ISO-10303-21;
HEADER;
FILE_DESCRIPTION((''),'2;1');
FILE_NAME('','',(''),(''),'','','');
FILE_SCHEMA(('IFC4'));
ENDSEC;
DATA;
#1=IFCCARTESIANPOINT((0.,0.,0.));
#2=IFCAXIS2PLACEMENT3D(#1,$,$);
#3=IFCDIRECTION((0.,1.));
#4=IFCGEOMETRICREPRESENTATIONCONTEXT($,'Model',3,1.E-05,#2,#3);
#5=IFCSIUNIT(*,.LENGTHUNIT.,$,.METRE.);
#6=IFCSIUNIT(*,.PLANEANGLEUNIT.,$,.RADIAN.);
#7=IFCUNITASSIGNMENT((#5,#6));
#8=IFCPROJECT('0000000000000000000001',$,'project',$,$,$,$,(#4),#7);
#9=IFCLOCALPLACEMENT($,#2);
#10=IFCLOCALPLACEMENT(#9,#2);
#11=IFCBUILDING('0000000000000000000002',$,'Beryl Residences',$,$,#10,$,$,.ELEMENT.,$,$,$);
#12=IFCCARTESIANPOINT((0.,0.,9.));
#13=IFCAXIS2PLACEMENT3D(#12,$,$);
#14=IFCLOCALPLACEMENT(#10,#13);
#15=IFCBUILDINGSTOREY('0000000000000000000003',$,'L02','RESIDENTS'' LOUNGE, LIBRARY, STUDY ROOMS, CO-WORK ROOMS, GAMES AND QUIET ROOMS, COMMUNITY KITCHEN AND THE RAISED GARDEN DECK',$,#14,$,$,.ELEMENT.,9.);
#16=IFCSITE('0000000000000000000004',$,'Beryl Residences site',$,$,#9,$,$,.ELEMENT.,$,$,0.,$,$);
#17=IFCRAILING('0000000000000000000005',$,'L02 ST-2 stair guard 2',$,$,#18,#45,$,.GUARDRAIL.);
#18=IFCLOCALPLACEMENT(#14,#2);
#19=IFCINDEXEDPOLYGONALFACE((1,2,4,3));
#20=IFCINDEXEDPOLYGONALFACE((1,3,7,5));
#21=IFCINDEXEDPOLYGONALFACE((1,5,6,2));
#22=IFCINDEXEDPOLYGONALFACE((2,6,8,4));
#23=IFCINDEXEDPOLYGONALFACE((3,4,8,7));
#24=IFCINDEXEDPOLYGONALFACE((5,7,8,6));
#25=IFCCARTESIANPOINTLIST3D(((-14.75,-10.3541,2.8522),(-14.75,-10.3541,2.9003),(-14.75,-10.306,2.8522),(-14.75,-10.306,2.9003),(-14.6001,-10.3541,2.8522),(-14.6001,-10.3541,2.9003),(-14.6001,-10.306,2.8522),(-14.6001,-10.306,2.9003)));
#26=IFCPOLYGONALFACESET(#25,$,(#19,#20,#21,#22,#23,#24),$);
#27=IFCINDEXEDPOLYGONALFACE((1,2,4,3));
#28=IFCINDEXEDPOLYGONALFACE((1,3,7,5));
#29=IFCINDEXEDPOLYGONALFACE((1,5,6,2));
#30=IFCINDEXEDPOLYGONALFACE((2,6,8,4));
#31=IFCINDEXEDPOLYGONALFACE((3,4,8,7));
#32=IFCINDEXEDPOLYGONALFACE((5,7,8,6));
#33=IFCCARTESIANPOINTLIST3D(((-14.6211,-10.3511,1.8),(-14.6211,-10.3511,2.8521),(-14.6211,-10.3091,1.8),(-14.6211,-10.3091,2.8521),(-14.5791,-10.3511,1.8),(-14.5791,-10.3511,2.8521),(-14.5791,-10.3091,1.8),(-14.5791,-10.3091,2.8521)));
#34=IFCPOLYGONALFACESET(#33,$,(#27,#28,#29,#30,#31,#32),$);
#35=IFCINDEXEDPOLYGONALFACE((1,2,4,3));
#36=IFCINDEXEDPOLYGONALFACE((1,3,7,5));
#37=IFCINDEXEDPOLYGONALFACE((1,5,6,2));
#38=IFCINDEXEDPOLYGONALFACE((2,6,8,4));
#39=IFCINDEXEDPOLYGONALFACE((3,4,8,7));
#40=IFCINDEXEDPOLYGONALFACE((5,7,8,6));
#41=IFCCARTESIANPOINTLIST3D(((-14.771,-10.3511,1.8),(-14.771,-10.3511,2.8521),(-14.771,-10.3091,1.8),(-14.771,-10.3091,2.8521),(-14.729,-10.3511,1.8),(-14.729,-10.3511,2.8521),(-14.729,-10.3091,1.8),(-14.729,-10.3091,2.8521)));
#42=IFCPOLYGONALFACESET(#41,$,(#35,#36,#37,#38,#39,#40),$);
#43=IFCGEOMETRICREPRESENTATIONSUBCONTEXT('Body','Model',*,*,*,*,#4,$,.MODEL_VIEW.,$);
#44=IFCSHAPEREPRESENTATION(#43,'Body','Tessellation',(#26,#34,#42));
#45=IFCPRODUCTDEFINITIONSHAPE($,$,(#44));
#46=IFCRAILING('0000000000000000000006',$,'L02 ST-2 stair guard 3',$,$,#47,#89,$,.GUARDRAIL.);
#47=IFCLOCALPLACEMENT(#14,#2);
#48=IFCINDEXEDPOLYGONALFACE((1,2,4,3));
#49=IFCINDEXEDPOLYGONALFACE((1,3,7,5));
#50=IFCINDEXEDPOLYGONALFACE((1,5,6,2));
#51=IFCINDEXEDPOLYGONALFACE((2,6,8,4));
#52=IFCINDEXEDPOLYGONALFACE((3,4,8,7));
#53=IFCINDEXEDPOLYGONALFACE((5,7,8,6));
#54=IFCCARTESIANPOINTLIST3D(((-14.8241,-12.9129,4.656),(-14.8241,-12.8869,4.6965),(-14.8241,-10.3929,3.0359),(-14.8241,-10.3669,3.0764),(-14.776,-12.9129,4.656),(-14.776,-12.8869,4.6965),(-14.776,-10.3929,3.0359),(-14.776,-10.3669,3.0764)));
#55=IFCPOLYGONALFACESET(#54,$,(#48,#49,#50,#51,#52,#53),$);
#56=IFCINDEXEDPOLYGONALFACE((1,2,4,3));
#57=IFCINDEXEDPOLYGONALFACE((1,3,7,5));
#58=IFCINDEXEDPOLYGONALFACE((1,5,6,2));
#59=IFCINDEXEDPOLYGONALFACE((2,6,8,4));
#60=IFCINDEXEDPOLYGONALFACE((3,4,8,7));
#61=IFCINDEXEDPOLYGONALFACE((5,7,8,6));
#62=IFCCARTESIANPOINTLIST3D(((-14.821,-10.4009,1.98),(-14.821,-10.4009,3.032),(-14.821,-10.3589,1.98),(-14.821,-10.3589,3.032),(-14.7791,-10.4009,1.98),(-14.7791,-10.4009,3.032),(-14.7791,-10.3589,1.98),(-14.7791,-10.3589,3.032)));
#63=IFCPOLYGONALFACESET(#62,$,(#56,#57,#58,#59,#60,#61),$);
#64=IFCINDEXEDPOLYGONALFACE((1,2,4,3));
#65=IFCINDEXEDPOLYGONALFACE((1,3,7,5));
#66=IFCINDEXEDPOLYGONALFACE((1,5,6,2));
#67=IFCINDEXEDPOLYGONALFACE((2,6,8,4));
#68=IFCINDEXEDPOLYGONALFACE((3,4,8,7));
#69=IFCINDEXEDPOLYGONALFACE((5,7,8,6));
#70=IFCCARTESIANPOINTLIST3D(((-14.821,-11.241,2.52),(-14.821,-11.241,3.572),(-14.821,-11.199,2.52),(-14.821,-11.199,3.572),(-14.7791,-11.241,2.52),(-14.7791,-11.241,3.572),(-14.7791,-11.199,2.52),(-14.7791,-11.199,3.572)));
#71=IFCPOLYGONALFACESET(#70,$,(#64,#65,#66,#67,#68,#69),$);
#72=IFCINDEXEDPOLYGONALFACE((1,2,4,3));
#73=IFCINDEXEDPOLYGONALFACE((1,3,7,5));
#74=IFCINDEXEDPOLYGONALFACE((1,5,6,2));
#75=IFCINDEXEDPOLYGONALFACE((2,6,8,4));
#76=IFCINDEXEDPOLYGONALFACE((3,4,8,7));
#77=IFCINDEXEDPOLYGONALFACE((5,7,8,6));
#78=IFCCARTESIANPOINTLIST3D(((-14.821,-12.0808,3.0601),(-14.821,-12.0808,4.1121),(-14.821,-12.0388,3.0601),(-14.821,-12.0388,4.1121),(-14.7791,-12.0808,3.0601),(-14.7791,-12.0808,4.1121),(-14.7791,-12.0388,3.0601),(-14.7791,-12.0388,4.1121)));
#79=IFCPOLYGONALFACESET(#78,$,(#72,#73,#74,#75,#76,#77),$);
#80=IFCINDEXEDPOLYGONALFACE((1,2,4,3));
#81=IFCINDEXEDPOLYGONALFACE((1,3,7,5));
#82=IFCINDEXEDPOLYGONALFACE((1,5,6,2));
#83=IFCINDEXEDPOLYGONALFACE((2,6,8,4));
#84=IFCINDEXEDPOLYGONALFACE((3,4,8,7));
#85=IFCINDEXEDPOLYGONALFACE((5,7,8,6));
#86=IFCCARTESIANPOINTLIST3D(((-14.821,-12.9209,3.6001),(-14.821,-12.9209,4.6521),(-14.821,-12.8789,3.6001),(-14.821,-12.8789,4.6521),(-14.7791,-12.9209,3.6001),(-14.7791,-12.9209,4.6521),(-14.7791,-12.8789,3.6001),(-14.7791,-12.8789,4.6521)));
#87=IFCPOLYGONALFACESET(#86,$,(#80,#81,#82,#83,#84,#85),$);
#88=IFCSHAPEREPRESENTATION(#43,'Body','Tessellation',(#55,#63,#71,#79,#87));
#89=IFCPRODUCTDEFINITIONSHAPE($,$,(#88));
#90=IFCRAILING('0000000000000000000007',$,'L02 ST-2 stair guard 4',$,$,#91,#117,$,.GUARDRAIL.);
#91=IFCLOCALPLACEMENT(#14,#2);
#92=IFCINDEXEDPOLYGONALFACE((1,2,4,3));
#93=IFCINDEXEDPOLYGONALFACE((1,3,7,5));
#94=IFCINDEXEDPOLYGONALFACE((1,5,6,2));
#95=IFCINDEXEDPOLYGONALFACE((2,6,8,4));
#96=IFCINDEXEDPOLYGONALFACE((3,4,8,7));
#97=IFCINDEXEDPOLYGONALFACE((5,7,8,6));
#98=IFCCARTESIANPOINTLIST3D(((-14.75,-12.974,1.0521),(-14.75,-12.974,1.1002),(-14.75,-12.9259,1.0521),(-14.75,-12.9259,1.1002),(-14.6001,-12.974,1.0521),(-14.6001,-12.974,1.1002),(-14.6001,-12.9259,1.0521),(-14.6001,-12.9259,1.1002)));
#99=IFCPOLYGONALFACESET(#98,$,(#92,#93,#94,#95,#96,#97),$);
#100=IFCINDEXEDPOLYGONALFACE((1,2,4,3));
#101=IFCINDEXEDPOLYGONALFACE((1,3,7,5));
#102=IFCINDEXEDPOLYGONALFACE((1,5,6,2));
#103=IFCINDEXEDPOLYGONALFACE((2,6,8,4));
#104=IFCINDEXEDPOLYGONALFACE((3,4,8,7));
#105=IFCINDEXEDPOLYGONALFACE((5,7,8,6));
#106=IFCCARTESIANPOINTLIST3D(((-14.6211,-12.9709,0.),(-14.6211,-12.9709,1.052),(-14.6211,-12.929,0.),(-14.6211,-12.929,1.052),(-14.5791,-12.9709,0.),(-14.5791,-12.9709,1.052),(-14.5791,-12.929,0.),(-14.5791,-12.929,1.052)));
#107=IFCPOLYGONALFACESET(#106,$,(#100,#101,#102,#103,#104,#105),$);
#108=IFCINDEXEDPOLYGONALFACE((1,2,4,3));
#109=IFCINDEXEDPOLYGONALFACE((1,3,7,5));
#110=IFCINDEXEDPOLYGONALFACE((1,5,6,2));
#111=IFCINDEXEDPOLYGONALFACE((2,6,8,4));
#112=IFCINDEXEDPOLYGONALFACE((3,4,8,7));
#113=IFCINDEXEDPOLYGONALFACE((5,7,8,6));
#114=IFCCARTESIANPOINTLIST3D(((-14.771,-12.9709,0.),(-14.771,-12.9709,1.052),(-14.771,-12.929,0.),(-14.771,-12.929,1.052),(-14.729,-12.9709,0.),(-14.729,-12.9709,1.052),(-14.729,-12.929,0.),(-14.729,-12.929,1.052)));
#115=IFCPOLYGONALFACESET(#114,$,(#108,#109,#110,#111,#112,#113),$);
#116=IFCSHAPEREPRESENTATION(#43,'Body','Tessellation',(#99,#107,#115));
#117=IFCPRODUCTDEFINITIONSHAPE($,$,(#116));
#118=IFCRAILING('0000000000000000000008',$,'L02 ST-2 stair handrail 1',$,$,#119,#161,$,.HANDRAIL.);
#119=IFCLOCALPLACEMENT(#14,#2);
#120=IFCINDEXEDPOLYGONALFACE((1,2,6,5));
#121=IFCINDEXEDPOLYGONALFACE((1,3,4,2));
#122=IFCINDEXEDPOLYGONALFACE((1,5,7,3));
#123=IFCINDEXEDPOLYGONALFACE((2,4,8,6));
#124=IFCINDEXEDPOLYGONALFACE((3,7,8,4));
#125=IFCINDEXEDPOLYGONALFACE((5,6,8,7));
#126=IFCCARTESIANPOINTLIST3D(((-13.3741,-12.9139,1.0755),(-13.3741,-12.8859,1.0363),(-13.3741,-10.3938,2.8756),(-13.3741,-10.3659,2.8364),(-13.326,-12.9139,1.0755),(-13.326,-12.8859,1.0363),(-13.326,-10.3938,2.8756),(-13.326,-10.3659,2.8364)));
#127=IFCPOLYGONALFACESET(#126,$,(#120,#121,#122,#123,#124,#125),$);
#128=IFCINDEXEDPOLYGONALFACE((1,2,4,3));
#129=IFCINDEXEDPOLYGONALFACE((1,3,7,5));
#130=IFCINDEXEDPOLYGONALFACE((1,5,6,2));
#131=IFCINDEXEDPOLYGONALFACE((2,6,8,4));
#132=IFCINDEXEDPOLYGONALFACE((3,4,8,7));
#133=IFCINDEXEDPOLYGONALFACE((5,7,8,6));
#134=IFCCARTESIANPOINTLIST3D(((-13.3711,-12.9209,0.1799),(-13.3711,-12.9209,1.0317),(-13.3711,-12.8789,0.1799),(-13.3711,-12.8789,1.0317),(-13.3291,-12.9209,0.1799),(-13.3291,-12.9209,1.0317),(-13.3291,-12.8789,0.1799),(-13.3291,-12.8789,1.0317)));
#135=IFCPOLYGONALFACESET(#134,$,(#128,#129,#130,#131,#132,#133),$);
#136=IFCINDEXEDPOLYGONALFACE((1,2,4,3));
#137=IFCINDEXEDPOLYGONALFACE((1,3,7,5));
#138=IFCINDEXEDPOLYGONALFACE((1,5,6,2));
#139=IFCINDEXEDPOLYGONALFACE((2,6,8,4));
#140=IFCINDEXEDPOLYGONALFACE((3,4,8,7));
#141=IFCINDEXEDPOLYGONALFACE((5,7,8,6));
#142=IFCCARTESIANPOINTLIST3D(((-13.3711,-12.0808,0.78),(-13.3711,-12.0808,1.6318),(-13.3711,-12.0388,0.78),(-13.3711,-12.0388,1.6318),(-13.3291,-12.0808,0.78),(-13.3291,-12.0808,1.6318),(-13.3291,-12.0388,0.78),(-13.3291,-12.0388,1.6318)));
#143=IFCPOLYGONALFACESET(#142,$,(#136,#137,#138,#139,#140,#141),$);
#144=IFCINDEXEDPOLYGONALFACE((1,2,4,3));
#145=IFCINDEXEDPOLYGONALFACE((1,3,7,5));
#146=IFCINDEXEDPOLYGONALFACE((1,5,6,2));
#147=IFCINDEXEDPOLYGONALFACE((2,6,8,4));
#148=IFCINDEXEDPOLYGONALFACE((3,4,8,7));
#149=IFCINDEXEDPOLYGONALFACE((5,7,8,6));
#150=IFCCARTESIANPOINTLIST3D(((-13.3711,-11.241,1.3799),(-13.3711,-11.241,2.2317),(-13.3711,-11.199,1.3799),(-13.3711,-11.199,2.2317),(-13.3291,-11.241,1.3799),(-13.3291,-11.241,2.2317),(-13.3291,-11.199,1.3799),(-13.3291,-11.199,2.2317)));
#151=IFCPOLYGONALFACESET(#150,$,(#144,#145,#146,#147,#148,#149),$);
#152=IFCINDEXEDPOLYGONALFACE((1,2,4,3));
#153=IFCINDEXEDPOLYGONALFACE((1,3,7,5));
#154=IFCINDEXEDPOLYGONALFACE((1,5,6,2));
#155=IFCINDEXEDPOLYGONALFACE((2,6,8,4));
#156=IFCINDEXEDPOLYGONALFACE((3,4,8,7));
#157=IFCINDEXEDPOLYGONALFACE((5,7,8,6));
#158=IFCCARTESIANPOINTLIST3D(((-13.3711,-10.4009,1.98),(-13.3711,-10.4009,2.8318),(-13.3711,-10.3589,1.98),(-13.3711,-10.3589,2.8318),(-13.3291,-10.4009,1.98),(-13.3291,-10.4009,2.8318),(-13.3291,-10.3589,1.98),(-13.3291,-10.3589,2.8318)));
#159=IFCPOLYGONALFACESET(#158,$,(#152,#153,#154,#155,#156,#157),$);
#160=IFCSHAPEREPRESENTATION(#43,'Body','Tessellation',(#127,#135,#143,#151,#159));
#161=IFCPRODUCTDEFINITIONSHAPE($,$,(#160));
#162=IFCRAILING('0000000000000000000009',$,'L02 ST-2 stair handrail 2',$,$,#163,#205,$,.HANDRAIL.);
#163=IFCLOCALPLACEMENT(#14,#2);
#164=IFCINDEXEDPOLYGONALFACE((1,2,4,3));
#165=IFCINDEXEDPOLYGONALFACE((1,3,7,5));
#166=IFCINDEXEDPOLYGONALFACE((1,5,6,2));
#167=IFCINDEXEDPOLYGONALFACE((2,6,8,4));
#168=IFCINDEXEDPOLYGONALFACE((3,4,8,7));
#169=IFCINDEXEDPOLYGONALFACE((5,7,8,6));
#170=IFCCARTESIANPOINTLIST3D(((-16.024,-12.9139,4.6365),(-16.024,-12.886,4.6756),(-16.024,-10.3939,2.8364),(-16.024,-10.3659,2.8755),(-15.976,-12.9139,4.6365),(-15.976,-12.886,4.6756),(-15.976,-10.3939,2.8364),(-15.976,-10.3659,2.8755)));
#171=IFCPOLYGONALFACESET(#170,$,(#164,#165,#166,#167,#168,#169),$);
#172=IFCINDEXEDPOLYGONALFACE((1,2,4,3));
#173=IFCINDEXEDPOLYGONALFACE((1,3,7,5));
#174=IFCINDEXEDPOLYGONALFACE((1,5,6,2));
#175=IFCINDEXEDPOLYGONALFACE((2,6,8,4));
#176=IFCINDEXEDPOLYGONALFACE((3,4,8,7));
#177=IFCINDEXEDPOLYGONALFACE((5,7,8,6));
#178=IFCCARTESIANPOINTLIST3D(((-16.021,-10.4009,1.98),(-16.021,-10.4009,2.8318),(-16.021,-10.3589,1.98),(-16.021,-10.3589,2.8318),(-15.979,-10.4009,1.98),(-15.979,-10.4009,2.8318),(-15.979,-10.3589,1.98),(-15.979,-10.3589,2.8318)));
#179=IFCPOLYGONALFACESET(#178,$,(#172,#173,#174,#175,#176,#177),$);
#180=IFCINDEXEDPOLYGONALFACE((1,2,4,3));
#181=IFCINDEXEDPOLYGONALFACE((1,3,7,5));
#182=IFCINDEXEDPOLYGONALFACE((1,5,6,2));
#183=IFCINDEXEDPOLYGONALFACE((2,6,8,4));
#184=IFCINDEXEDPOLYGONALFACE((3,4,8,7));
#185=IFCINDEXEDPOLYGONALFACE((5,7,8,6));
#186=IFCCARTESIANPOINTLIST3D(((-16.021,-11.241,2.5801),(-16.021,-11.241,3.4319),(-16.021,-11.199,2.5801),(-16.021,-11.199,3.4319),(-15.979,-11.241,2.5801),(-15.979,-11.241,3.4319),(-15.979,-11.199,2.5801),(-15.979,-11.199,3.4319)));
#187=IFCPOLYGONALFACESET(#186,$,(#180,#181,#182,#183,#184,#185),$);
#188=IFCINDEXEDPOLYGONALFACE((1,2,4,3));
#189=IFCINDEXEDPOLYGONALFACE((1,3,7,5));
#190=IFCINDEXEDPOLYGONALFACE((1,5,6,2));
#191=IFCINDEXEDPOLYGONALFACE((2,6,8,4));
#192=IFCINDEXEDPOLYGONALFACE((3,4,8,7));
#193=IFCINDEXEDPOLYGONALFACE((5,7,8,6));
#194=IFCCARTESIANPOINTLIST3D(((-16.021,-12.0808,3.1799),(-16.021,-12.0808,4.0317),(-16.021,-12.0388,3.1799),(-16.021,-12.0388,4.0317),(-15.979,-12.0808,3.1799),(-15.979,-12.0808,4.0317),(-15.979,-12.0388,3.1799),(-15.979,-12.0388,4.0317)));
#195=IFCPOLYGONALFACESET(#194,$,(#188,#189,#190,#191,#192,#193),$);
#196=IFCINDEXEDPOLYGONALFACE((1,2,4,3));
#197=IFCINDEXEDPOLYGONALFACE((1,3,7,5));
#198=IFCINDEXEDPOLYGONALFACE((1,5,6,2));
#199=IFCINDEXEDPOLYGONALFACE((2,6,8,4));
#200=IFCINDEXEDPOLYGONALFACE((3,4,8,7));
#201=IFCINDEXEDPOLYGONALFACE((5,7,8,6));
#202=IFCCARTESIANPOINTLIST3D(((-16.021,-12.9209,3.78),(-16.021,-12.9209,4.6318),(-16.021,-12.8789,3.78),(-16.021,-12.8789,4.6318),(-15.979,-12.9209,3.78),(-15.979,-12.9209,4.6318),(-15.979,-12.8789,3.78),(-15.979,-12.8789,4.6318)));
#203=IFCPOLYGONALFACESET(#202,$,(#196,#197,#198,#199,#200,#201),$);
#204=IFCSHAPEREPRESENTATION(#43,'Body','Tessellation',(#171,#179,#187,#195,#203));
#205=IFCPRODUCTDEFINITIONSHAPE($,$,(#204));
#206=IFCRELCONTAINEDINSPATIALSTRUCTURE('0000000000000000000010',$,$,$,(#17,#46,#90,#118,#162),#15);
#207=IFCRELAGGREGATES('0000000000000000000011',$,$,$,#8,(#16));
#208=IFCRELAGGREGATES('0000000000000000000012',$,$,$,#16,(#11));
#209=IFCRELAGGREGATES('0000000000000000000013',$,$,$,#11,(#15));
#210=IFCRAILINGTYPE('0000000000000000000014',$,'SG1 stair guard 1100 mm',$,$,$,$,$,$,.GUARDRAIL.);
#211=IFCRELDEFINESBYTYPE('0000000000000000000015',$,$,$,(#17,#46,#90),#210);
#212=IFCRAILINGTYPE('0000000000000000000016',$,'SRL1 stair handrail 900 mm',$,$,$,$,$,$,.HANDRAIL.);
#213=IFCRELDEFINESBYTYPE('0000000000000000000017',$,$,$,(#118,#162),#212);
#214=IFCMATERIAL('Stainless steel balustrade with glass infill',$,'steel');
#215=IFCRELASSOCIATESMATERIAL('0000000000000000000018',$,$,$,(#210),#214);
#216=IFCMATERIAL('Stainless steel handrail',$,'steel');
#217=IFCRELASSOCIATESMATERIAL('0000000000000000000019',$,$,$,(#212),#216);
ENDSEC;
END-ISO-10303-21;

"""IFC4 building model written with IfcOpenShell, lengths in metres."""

from ifc_helpers import new_model, si_unit, direction, frame, origin, origin_2d, place, context, subcontext, project, spatial, rectangle, extrude, material, type_object, element, save


model = new_model("IFC4")

# Units and contexts
model_context = context("Model", 3, precision=1e-05, world=origin(), true_north=direction((0.0, 1.0)))
body_context = subcontext(model_context, "Body", "Model", "MODEL_VIEW")
ifc_project = project(units=[si_unit("LENGTHUNIT", "METRE"), si_unit("PLANEANGLEUNIT", "RADIAN")], contexts=[model_context])

# Site, building, storey
site_placement = place(None, origin())
site = spatial("IfcSite", under=ifc_project, at=site_placement, Name="Beryl Residences site", CompositionType="ELEMENT", RefElevation=0.0)
building_placement = place(site_placement, origin())
building = spatial("IfcBuilding", under=site, at=building_placement, Name="Beryl Residences", CompositionType="ELEMENT")
storey_placement = place(building_placement, frame((0.0, 0.0, 9.0)))
storey = spatial("IfcBuildingStorey", under=building, at=storey_placement, Name="L02", Description="RESIDENTS' LOUNGE, LIBRARY, STUDY ROOMS, CO-WORK ROOMS, GAMES AND QUIET ROOMS, COMMUNITY KITCHEN AND THE RAISED GARDEN DECK", CompositionType="ELEMENT", Elevation=9.0)

# Railings
ifc_material_1 = material(Name="Stainless steel balustrade with glass infill", Category="steel")
railing_type_1 = type_object("IfcRailingType", Name="SG1 stair guard 1100 mm", PredefinedType="GUARDRAIL", material=ifc_material_1)
railing_1_placement = place(storey_placement, frame((-14.6001, -10.3301, 1.8)))
element("IfcRailing", 1, at=railing_1_placement, inside=storey, type_object=railing_type_1, Name="L02 ST-2 stair guard 2", PredefinedType="GUARDRAIL", context=body_context, shape_type="SweptSolid", body=[
    extrude(rectangle(XDim=0.0481, YDim=0.0481, at=origin_2d()), frame((0.0, 0.0, 1.0762), z_axis=(-1.0, 0.0, 0.0), x_axis=(0.0, -1.0, 0.0)), (0.0, 0.0, 1.0), 0.1499),
    extrude(rectangle(XDim=0.042, YDim=0.042, at=origin_2d()), origin(), (0.0, 0.0, 1.0), 1.052),
    extrude(rectangle(XDim=0.042, YDim=0.042, at=origin_2d()), frame((-0.1499, 0.0, 0.0)), (0.0, 0.0, 1.0), 1.052),
])
railing_2_placement = place(storey_placement, frame((-14.8, -10.3799, 1.98)))
element("IfcRailing", 2, at=railing_2_placement, inside=storey, type_object=railing_type_1, Name="L02 ST-2 stair guard 3", PredefinedType="GUARDRAIL", context=body_context, shape_type="SweptSolid", body=[
    extrude(rectangle(XDim=0.0481, YDim=0.0481, at=origin_2d()), frame((0.0, 0.0, 1.0762), z_axis=(0.0, -0.841163, 0.540782), x_axis=(1.0, 0.0, 0.0)), (0.0, 0.0, 1.0), 2.9958),
    extrude(rectangle(XDim=0.042, YDim=0.042, at=origin_2d()), origin(), (0.0, 0.0, 1.0), 1.052),
    extrude(rectangle(XDim=0.042, YDim=0.042, at=origin_2d()), frame((0.0, -0.8401, 0.54)), (0.0, 0.0, 1.0), 1.052),
    extrude(rectangle(XDim=0.042, YDim=0.042, at=origin_2d()), frame((0.0, -1.6799, 1.0801)), (0.0, 0.0, 1.0), 1.052),
    extrude(rectangle(XDim=0.042, YDim=0.042, at=origin_2d()), frame((0.0, -2.52, 1.6201)), (0.0, 0.0, 1.0), 1.052),
])
railing_3_placement = place(storey_placement, frame((-14.6001, -12.95, 0.0)))
element("IfcRailing", 3, at=railing_3_placement, inside=storey, type_object=railing_type_1, Name="L02 ST-2 stair guard 4", PredefinedType="GUARDRAIL", context=body_context, shape_type="SweptSolid", body=[
    extrude(rectangle(XDim=0.0481, YDim=0.0481, at=origin_2d()), frame((0.0, 0.0, 1.0762), z_axis=(-1.0, 0.0, 0.0), x_axis=(0.0, -1.0, 0.0)), (0.0, 0.0, 1.0), 0.1499),
    extrude(rectangle(XDim=0.042, YDim=0.042, at=origin_2d()), origin(), (0.0, 0.0, 1.0), 1.052),
    extrude(rectangle(XDim=0.042, YDim=0.042, at=origin_2d()), frame((-0.1499, 0.0, 0.0)), (0.0, 0.0, 1.0), 1.052),
])
ifc_material_2 = material(Name="Stainless steel handrail", Category="steel")
railing_type_2 = type_object("IfcRailingType", Name="SRL1 stair handrail 900 mm", PredefinedType="HANDRAIL", material=ifc_material_2)
railing_4_placement = place(storey_placement, frame((-13.3501, -12.8999, 0.1799)))
element("IfcRailing", 4, at=railing_4_placement, inside=storey, type_object=railing_type_2, Name="L02 ST-2 stair handrail 1", PredefinedType="HANDRAIL", context=body_context, shape_type="SweptSolid", body=[
    extrude(rectangle(XDim=0.0481, YDim=0.0481, at=origin_2d()), frame((0.0, 0.0, 0.876), z_axis=(0.0, 0.813728, 0.581246), x_axis=(-1.0, 0.0, 0.0)), (0.0, 0.0, 1.0), 3.0969),
    extrude(rectangle(XDim=0.042, YDim=0.042, at=origin_2d()), origin(), (0.0, 0.0, 1.0), 0.8518),
    extrude(rectangle(XDim=0.042, YDim=0.042, at=origin_2d()), frame((0.0, 0.8401, 0.6001)), (0.0, 0.0, 1.0), 0.8518),
    extrude(rectangle(XDim=0.042, YDim=0.042, at=origin_2d()), frame((0.0, 1.6799, 1.2)), (0.0, 0.0, 1.0), 0.8518),
    extrude(rectangle(XDim=0.042, YDim=0.042, at=origin_2d()), frame((0.0, 2.52, 1.8)), (0.0, 0.0, 1.0), 0.8518),
])
railing_5_placement = place(storey_placement, frame((-16.0, -10.3799, 1.98)))
element("IfcRailing", 5, at=railing_5_placement, inside=storey, type_object=railing_type_2, Name="L02 ST-2 stair handrail 2", PredefinedType="HANDRAIL", context=body_context, shape_type="SweptSolid", body=[
    extrude(rectangle(XDim=0.0481, YDim=0.0481, at=origin_2d()), frame((0.0, 0.0, 0.876), z_axis=(0.0, -0.813728, 0.581246), x_axis=(1.0, 0.0, 0.0)), (0.0, 0.0, 1.0), 3.0969),
    extrude(rectangle(XDim=0.042, YDim=0.042, at=origin_2d()), origin(), (0.0, 0.0, 1.0), 0.8518),
    extrude(rectangle(XDim=0.042, YDim=0.042, at=origin_2d()), frame((0.0, -0.8401, 0.6001)), (0.0, 0.0, 1.0), 0.8518),
    extrude(rectangle(XDim=0.042, YDim=0.042, at=origin_2d()), frame((0.0, -1.6799, 1.2)), (0.0, 0.0, 1.0), 0.8518),
    extrude(rectangle(XDim=0.042, YDim=0.042, at=origin_2d()), frame((0.0, -2.52, 1.8)), (0.0, 0.0, 1.0), 0.8518),
])

save(model, "model.ifc")
